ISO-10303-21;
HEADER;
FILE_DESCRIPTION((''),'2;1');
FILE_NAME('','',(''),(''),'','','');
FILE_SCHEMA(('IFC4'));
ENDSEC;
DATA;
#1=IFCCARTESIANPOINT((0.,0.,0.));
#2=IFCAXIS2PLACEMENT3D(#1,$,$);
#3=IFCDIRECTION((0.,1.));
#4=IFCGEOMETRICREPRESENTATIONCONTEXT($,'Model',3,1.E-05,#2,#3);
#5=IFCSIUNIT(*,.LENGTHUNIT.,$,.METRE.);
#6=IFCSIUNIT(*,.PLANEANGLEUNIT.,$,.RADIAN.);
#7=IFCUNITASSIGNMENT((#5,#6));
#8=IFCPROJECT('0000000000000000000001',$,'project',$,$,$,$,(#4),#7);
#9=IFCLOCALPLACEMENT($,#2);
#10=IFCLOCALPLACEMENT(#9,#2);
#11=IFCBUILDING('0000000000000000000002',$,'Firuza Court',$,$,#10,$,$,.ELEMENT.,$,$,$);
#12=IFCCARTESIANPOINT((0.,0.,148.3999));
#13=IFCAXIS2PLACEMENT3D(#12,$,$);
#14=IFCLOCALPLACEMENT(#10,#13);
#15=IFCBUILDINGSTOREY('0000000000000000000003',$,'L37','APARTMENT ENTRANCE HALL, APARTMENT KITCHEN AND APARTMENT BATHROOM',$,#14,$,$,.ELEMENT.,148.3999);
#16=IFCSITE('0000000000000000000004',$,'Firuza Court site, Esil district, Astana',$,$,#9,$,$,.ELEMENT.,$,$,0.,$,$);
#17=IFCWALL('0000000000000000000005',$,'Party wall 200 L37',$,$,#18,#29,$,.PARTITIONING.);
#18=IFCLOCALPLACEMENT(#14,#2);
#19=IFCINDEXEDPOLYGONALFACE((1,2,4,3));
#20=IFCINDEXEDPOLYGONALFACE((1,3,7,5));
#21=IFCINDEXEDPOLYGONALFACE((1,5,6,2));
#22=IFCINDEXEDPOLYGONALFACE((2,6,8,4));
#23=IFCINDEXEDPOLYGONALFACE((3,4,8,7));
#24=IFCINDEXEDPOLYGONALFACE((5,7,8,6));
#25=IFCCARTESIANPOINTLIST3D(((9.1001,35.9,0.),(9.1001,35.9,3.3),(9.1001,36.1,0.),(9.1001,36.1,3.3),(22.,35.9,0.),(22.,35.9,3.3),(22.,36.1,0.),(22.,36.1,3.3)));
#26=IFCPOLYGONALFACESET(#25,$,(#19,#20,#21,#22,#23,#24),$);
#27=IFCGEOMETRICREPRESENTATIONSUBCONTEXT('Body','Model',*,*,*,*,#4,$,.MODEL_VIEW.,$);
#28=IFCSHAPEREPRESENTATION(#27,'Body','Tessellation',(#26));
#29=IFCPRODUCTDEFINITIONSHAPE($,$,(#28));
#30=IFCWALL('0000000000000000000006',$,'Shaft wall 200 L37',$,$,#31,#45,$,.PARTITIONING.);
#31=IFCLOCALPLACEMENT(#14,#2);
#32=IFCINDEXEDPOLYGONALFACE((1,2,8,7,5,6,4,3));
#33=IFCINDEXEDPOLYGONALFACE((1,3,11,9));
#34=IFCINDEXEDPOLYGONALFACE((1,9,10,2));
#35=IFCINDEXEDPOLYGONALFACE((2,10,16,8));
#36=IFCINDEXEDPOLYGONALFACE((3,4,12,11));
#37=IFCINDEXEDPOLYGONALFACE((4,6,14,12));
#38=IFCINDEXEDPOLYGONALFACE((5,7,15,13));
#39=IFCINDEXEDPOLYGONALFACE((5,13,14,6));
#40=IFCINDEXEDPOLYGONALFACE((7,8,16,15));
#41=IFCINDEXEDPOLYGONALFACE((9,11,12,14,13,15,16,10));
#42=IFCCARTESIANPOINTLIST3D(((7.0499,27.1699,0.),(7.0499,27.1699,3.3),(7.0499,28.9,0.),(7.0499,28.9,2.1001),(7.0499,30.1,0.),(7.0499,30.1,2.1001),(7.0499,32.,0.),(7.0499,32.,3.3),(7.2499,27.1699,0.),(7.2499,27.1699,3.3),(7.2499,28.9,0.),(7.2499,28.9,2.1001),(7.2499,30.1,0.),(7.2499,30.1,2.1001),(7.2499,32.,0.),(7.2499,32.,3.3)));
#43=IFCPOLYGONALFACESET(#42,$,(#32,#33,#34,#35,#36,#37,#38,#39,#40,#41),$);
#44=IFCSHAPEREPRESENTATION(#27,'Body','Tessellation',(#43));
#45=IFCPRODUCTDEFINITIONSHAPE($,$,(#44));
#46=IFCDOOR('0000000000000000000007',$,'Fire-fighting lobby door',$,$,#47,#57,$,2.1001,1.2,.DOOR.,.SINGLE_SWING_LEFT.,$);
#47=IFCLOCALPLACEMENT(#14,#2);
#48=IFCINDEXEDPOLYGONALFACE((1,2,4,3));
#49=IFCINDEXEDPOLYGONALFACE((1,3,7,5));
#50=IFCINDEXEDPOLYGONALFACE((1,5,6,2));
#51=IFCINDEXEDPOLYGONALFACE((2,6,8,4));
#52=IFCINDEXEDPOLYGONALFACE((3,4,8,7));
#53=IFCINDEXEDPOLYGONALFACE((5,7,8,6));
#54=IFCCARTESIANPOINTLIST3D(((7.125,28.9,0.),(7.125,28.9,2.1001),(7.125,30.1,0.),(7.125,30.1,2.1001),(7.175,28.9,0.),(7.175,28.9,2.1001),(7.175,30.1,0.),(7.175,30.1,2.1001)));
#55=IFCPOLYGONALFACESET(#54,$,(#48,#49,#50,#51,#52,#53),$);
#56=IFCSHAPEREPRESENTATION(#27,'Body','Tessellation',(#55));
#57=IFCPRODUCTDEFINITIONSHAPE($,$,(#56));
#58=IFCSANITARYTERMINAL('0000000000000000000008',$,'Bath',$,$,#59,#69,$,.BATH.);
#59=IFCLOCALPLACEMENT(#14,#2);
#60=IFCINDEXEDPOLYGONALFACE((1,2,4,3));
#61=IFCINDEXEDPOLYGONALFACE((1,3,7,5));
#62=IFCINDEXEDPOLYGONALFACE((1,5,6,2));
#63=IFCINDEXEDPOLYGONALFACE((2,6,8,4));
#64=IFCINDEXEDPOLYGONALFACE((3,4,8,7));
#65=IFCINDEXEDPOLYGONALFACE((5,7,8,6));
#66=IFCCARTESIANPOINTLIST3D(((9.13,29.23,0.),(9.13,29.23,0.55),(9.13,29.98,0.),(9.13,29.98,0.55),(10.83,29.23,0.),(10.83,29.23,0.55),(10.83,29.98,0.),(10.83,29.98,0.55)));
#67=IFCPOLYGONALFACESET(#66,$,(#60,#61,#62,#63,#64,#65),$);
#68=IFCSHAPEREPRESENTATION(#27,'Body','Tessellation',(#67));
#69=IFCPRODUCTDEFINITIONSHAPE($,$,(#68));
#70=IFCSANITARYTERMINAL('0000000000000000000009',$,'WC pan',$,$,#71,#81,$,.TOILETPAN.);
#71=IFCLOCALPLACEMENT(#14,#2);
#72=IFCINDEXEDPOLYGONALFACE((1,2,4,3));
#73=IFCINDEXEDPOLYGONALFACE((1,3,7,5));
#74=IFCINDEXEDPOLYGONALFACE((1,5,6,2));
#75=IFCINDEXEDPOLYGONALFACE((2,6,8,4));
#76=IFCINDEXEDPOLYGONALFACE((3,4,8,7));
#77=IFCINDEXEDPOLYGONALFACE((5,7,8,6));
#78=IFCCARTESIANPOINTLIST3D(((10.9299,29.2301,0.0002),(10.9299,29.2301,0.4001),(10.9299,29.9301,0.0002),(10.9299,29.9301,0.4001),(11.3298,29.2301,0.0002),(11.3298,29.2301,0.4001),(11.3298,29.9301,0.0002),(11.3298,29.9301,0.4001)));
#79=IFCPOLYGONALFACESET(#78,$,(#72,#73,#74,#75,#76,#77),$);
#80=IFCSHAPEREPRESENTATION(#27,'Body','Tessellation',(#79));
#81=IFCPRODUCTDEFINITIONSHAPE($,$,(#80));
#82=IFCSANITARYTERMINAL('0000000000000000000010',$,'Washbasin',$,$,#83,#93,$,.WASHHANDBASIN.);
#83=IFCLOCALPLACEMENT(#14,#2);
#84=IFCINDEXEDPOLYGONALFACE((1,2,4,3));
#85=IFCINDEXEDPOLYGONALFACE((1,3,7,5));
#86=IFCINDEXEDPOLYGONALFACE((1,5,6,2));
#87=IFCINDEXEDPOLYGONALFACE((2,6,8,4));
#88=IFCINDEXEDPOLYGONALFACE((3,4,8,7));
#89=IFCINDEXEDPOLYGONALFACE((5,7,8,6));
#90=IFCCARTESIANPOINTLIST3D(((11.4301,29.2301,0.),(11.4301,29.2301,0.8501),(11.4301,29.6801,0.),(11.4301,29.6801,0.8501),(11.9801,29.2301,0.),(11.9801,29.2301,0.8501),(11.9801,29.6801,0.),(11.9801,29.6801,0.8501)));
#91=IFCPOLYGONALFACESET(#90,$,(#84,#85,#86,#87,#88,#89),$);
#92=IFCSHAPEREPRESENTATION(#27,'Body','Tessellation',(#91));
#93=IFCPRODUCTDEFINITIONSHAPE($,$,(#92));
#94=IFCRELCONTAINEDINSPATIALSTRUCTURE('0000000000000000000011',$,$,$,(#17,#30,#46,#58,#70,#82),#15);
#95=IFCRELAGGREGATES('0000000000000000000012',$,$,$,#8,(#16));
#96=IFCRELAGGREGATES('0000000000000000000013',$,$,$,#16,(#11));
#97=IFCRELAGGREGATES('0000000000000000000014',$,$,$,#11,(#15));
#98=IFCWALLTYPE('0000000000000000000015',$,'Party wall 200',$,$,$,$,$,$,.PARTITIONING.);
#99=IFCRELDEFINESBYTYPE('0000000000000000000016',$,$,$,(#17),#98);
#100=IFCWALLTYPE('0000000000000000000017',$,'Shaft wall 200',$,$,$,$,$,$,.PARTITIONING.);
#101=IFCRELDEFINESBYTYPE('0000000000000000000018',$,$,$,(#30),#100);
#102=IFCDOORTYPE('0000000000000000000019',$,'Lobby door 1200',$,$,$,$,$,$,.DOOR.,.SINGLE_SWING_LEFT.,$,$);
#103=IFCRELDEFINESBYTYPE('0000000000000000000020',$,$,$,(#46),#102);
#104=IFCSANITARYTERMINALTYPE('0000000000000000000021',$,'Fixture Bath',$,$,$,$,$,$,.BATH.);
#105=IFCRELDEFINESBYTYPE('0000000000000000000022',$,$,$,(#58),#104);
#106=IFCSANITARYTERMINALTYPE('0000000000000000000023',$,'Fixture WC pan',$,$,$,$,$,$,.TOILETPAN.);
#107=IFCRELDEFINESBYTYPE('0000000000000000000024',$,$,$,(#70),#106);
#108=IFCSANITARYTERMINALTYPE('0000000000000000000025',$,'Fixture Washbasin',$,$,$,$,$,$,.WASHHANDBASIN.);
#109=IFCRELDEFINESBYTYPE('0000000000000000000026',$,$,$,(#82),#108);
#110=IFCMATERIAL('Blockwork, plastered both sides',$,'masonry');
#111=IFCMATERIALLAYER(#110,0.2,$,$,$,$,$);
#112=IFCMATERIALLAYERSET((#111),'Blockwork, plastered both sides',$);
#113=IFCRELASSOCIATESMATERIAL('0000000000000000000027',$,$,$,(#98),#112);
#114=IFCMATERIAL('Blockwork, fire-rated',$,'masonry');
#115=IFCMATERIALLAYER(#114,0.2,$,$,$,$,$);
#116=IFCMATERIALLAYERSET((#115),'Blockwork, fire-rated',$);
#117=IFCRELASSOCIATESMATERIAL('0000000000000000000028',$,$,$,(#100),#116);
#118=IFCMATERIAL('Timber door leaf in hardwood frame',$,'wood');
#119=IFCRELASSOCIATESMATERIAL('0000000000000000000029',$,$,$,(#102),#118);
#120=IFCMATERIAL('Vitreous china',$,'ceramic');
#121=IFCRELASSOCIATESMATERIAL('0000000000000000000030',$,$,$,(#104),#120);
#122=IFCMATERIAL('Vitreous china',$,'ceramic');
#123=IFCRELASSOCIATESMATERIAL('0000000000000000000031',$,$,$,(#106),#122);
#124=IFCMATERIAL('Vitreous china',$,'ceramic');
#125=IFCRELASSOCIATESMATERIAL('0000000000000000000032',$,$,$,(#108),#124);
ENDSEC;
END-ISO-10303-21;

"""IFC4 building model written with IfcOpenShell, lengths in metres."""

from ifc_helpers import new_model, si_unit, direction, frame, frame_2d, origin, origin_2d, place, context, subcontext, project, spatial, rectangle, extrude, material, layer, layer_set, type_object, element, fill, save


model = new_model("IFC4")

# Units and contexts
model_context = context("Model", 3, precision=1e-05, world=origin(), true_north=direction((0.0, 1.0)))
body_context = subcontext(model_context, "Body", "Model", "MODEL_VIEW")
ifc_project = project(units=[si_unit("LENGTHUNIT", "METRE"), si_unit("PLANEANGLEUNIT", "RADIAN")], contexts=[model_context])

# Site, building, storey
site_placement = place(None, origin())
site = spatial("IfcSite", under=ifc_project, at=site_placement, Name="Firuza Court site, Esil district, Astana", CompositionType="ELEMENT", RefElevation=0.0)
building_placement = place(site_placement, origin())
building = spatial("IfcBuilding", under=site, at=building_placement, Name="Firuza Court", CompositionType="ELEMENT")
storey_placement = place(building_placement, frame((0.0, 0.0, 148.3999)))
storey = spatial("IfcBuildingStorey", under=building, at=storey_placement, Name="L37", Description="APARTMENT ENTRANCE HALL, APARTMENT KITCHEN AND APARTMENT BATHROOM", CompositionType="ELEMENT", Elevation=148.3999)

# Shared definitions
ifc_material_1 = material(Name="Blockwork, plastered both sides", Category="masonry")

# Wall
ifc_layer_1 = layer(ifc_material_1, 0.2)
ifc_layer_set_1 = layer_set([ifc_layer_1], Name="Blockwork, plastered both sides")
wall_type_1 = type_object("IfcWallType", Name="Party wall 200", PredefinedType="PARTITIONING", material=ifc_layer_set_1)
for number, where, z_axis, x_axis, name in (
    (1, (9.1001, 36.0, 0.0), (0.0, 0.0, 1.0), (1.0, 0.0, 0.0), "Party wall 200 L37"),
):
    element("IfcWall", number, at=place(storey_placement, frame(where, z_axis=z_axis, x_axis=x_axis)), inside=storey, type_object=wall_type_1, Name=name, PredefinedType="PARTITIONING", context=body_context, shape_type="SweptSolid", body=[
        extrude(rectangle(XDim=12.8999, YDim=0.2, at=frame_2d((6.45, 0.0))), origin(), (0.0, 0.0, 1.0), 3.3),
    ])

# Wall, opening, door
ifc_material_2 = material(Name="Blockwork, fire-rated", Category="masonry")
ifc_layer_2 = layer(ifc_material_2, 0.2)
ifc_layer_set_2 = layer_set([ifc_layer_2], Name="Blockwork, fire-rated")
wall_type_2 = type_object("IfcWallType", Name="Shaft wall 200", PredefinedType="PARTITIONING", material=ifc_layer_set_2)
wall_1_placement = place(storey_placement, frame((7.1499, 27.1699, 0.0), z_axis=(0.0, 0.0, 1.0), x_axis=(0.0, 1.0, 0.0)))
wall_1 = element("IfcWall", 2, at=wall_1_placement, inside=storey, type_object=wall_type_2, Name="Shaft wall 200 L37", PredefinedType="PARTITIONING", context=body_context, shape_type="SweptSolid", body=[
    extrude(rectangle(XDim=4.8301, YDim=0.2, at=frame_2d((2.415, 0.0))), origin(), (0.0, 0.0, 1.0), 3.3),
])
opening_1_placement = place(wall_1_placement, frame((1.73, 0.0, 0.0)))
opening_1 = element("IfcOpeningElement", 3, at=opening_1_placement, cuts=wall_1, PredefinedType="OPENING", context=body_context, shape_type="SweptSolid", body=[
    extrude(rectangle(XDim=1.2, YDim=2.1001, at=frame_2d((0.6001, 1.05))), frame((0.0, 0.1118, 0.0), z_axis=(0.0, -1.0, 0.0), x_axis=(1.0, 0.0, 0.0)), (0.0, 0.0, 1.0), 0.2239),
])
ifc_material_3 = material(Name="Timber door leaf in hardwood frame", Category="wood")
door_type_1 = type_object("IfcDoorType", Name="Lobby door 1200", OperationType="SINGLE_SWING_LEFT", PredefinedType="DOOR", material=ifc_material_3)
door_1_placement = place(opening_1_placement, origin())
door_1 = element("IfcDoor", 4, at=door_1_placement, inside=storey, type_object=door_type_1, Name="Fire-fighting lobby door", OperationType="SINGLE_SWING_LEFT", OverallHeight=2.1001, OverallWidth=1.2, PredefinedType="DOOR", context=body_context, shape_type="SweptSolid", body=[
    extrude(rectangle(XDim=1.2, YDim=2.1001, at=frame_2d((0.6001, 1.05))), frame((0.0, 0.0249, 0.0), z_axis=(0.0, -1.0, 0.0), x_axis=(1.0, 0.0, 0.0)), (0.0, 0.0, 1.0), 0.05),
])
fill(opening_1, door_1)

# Sanitary terminals
ifc_material_4 = material(Name="Vitreous china", Category="ceramic")
sanitary_terminal_type_1 = type_object("IfcSanitaryTerminalType", Name="Fixture Bath", PredefinedType="BATH", material=ifc_material_4)
sanitary_terminal_1_placement = place(storey_placement, frame((9.98, 29.605, 0.0), z_axis=(0.0, 0.0, 1.0), x_axis=(1.0, 0.0, 0.0)))
element("IfcSanitaryTerminal", 5, at=sanitary_terminal_1_placement, inside=storey, type_object=sanitary_terminal_type_1, Name="Bath", PredefinedType="BATH", context=body_context, shape_type="SweptSolid", body=[
    extrude(rectangle(XDim=1.7, YDim=0.75, at=origin_2d()), origin(), (0.0, 0.0, 1.0), 0.55),
])
ifc_material_5 = material(Name="Vitreous china", Category="ceramic")
sanitary_terminal_type_2 = type_object("IfcSanitaryTerminalType", Name="Fixture WC pan", PredefinedType="TOILETPAN", material=ifc_material_5)
sanitary_terminal_2_placement = place(storey_placement, frame((11.1299, 29.5801, 0.0002), z_axis=(0.0, 0.0, 1.0), x_axis=(1.0, 0.0, 0.0)))
element("IfcSanitaryTerminal", 6, at=sanitary_terminal_2_placement, inside=storey, type_object=sanitary_terminal_type_2, Name="WC pan", PredefinedType="TOILETPAN", context=body_context, shape_type="SweptSolid", body=[
    extrude(rectangle(XDim=0.3999, YDim=0.7, at=origin_2d()), origin(), (0.0, 0.0, 1.0), 0.3999),
])
ifc_material_6 = material(Name="Vitreous china", Category="ceramic")
sanitary_terminal_type_3 = type_object("IfcSanitaryTerminalType", Name="Fixture Washbasin", PredefinedType="WASHHANDBASIN", material=ifc_material_6)
sanitary_terminal_3_placement = place(storey_placement, frame((11.7051, 29.4551, 0.0), z_axis=(0.0, 0.0, 1.0), x_axis=(1.0, 0.0, 0.0)))
element("IfcSanitaryTerminal", 7, at=sanitary_terminal_3_placement, inside=storey, type_object=sanitary_terminal_type_3, Name="Washbasin", PredefinedType="WASHHANDBASIN", context=body_context, shape_type="SweptSolid", body=[
    extrude(rectangle(XDim=0.55, YDim=0.45, at=origin_2d()), origin(), (0.0, 0.0, 1.0), 0.8501),
])

save(model, "model.ifc")
